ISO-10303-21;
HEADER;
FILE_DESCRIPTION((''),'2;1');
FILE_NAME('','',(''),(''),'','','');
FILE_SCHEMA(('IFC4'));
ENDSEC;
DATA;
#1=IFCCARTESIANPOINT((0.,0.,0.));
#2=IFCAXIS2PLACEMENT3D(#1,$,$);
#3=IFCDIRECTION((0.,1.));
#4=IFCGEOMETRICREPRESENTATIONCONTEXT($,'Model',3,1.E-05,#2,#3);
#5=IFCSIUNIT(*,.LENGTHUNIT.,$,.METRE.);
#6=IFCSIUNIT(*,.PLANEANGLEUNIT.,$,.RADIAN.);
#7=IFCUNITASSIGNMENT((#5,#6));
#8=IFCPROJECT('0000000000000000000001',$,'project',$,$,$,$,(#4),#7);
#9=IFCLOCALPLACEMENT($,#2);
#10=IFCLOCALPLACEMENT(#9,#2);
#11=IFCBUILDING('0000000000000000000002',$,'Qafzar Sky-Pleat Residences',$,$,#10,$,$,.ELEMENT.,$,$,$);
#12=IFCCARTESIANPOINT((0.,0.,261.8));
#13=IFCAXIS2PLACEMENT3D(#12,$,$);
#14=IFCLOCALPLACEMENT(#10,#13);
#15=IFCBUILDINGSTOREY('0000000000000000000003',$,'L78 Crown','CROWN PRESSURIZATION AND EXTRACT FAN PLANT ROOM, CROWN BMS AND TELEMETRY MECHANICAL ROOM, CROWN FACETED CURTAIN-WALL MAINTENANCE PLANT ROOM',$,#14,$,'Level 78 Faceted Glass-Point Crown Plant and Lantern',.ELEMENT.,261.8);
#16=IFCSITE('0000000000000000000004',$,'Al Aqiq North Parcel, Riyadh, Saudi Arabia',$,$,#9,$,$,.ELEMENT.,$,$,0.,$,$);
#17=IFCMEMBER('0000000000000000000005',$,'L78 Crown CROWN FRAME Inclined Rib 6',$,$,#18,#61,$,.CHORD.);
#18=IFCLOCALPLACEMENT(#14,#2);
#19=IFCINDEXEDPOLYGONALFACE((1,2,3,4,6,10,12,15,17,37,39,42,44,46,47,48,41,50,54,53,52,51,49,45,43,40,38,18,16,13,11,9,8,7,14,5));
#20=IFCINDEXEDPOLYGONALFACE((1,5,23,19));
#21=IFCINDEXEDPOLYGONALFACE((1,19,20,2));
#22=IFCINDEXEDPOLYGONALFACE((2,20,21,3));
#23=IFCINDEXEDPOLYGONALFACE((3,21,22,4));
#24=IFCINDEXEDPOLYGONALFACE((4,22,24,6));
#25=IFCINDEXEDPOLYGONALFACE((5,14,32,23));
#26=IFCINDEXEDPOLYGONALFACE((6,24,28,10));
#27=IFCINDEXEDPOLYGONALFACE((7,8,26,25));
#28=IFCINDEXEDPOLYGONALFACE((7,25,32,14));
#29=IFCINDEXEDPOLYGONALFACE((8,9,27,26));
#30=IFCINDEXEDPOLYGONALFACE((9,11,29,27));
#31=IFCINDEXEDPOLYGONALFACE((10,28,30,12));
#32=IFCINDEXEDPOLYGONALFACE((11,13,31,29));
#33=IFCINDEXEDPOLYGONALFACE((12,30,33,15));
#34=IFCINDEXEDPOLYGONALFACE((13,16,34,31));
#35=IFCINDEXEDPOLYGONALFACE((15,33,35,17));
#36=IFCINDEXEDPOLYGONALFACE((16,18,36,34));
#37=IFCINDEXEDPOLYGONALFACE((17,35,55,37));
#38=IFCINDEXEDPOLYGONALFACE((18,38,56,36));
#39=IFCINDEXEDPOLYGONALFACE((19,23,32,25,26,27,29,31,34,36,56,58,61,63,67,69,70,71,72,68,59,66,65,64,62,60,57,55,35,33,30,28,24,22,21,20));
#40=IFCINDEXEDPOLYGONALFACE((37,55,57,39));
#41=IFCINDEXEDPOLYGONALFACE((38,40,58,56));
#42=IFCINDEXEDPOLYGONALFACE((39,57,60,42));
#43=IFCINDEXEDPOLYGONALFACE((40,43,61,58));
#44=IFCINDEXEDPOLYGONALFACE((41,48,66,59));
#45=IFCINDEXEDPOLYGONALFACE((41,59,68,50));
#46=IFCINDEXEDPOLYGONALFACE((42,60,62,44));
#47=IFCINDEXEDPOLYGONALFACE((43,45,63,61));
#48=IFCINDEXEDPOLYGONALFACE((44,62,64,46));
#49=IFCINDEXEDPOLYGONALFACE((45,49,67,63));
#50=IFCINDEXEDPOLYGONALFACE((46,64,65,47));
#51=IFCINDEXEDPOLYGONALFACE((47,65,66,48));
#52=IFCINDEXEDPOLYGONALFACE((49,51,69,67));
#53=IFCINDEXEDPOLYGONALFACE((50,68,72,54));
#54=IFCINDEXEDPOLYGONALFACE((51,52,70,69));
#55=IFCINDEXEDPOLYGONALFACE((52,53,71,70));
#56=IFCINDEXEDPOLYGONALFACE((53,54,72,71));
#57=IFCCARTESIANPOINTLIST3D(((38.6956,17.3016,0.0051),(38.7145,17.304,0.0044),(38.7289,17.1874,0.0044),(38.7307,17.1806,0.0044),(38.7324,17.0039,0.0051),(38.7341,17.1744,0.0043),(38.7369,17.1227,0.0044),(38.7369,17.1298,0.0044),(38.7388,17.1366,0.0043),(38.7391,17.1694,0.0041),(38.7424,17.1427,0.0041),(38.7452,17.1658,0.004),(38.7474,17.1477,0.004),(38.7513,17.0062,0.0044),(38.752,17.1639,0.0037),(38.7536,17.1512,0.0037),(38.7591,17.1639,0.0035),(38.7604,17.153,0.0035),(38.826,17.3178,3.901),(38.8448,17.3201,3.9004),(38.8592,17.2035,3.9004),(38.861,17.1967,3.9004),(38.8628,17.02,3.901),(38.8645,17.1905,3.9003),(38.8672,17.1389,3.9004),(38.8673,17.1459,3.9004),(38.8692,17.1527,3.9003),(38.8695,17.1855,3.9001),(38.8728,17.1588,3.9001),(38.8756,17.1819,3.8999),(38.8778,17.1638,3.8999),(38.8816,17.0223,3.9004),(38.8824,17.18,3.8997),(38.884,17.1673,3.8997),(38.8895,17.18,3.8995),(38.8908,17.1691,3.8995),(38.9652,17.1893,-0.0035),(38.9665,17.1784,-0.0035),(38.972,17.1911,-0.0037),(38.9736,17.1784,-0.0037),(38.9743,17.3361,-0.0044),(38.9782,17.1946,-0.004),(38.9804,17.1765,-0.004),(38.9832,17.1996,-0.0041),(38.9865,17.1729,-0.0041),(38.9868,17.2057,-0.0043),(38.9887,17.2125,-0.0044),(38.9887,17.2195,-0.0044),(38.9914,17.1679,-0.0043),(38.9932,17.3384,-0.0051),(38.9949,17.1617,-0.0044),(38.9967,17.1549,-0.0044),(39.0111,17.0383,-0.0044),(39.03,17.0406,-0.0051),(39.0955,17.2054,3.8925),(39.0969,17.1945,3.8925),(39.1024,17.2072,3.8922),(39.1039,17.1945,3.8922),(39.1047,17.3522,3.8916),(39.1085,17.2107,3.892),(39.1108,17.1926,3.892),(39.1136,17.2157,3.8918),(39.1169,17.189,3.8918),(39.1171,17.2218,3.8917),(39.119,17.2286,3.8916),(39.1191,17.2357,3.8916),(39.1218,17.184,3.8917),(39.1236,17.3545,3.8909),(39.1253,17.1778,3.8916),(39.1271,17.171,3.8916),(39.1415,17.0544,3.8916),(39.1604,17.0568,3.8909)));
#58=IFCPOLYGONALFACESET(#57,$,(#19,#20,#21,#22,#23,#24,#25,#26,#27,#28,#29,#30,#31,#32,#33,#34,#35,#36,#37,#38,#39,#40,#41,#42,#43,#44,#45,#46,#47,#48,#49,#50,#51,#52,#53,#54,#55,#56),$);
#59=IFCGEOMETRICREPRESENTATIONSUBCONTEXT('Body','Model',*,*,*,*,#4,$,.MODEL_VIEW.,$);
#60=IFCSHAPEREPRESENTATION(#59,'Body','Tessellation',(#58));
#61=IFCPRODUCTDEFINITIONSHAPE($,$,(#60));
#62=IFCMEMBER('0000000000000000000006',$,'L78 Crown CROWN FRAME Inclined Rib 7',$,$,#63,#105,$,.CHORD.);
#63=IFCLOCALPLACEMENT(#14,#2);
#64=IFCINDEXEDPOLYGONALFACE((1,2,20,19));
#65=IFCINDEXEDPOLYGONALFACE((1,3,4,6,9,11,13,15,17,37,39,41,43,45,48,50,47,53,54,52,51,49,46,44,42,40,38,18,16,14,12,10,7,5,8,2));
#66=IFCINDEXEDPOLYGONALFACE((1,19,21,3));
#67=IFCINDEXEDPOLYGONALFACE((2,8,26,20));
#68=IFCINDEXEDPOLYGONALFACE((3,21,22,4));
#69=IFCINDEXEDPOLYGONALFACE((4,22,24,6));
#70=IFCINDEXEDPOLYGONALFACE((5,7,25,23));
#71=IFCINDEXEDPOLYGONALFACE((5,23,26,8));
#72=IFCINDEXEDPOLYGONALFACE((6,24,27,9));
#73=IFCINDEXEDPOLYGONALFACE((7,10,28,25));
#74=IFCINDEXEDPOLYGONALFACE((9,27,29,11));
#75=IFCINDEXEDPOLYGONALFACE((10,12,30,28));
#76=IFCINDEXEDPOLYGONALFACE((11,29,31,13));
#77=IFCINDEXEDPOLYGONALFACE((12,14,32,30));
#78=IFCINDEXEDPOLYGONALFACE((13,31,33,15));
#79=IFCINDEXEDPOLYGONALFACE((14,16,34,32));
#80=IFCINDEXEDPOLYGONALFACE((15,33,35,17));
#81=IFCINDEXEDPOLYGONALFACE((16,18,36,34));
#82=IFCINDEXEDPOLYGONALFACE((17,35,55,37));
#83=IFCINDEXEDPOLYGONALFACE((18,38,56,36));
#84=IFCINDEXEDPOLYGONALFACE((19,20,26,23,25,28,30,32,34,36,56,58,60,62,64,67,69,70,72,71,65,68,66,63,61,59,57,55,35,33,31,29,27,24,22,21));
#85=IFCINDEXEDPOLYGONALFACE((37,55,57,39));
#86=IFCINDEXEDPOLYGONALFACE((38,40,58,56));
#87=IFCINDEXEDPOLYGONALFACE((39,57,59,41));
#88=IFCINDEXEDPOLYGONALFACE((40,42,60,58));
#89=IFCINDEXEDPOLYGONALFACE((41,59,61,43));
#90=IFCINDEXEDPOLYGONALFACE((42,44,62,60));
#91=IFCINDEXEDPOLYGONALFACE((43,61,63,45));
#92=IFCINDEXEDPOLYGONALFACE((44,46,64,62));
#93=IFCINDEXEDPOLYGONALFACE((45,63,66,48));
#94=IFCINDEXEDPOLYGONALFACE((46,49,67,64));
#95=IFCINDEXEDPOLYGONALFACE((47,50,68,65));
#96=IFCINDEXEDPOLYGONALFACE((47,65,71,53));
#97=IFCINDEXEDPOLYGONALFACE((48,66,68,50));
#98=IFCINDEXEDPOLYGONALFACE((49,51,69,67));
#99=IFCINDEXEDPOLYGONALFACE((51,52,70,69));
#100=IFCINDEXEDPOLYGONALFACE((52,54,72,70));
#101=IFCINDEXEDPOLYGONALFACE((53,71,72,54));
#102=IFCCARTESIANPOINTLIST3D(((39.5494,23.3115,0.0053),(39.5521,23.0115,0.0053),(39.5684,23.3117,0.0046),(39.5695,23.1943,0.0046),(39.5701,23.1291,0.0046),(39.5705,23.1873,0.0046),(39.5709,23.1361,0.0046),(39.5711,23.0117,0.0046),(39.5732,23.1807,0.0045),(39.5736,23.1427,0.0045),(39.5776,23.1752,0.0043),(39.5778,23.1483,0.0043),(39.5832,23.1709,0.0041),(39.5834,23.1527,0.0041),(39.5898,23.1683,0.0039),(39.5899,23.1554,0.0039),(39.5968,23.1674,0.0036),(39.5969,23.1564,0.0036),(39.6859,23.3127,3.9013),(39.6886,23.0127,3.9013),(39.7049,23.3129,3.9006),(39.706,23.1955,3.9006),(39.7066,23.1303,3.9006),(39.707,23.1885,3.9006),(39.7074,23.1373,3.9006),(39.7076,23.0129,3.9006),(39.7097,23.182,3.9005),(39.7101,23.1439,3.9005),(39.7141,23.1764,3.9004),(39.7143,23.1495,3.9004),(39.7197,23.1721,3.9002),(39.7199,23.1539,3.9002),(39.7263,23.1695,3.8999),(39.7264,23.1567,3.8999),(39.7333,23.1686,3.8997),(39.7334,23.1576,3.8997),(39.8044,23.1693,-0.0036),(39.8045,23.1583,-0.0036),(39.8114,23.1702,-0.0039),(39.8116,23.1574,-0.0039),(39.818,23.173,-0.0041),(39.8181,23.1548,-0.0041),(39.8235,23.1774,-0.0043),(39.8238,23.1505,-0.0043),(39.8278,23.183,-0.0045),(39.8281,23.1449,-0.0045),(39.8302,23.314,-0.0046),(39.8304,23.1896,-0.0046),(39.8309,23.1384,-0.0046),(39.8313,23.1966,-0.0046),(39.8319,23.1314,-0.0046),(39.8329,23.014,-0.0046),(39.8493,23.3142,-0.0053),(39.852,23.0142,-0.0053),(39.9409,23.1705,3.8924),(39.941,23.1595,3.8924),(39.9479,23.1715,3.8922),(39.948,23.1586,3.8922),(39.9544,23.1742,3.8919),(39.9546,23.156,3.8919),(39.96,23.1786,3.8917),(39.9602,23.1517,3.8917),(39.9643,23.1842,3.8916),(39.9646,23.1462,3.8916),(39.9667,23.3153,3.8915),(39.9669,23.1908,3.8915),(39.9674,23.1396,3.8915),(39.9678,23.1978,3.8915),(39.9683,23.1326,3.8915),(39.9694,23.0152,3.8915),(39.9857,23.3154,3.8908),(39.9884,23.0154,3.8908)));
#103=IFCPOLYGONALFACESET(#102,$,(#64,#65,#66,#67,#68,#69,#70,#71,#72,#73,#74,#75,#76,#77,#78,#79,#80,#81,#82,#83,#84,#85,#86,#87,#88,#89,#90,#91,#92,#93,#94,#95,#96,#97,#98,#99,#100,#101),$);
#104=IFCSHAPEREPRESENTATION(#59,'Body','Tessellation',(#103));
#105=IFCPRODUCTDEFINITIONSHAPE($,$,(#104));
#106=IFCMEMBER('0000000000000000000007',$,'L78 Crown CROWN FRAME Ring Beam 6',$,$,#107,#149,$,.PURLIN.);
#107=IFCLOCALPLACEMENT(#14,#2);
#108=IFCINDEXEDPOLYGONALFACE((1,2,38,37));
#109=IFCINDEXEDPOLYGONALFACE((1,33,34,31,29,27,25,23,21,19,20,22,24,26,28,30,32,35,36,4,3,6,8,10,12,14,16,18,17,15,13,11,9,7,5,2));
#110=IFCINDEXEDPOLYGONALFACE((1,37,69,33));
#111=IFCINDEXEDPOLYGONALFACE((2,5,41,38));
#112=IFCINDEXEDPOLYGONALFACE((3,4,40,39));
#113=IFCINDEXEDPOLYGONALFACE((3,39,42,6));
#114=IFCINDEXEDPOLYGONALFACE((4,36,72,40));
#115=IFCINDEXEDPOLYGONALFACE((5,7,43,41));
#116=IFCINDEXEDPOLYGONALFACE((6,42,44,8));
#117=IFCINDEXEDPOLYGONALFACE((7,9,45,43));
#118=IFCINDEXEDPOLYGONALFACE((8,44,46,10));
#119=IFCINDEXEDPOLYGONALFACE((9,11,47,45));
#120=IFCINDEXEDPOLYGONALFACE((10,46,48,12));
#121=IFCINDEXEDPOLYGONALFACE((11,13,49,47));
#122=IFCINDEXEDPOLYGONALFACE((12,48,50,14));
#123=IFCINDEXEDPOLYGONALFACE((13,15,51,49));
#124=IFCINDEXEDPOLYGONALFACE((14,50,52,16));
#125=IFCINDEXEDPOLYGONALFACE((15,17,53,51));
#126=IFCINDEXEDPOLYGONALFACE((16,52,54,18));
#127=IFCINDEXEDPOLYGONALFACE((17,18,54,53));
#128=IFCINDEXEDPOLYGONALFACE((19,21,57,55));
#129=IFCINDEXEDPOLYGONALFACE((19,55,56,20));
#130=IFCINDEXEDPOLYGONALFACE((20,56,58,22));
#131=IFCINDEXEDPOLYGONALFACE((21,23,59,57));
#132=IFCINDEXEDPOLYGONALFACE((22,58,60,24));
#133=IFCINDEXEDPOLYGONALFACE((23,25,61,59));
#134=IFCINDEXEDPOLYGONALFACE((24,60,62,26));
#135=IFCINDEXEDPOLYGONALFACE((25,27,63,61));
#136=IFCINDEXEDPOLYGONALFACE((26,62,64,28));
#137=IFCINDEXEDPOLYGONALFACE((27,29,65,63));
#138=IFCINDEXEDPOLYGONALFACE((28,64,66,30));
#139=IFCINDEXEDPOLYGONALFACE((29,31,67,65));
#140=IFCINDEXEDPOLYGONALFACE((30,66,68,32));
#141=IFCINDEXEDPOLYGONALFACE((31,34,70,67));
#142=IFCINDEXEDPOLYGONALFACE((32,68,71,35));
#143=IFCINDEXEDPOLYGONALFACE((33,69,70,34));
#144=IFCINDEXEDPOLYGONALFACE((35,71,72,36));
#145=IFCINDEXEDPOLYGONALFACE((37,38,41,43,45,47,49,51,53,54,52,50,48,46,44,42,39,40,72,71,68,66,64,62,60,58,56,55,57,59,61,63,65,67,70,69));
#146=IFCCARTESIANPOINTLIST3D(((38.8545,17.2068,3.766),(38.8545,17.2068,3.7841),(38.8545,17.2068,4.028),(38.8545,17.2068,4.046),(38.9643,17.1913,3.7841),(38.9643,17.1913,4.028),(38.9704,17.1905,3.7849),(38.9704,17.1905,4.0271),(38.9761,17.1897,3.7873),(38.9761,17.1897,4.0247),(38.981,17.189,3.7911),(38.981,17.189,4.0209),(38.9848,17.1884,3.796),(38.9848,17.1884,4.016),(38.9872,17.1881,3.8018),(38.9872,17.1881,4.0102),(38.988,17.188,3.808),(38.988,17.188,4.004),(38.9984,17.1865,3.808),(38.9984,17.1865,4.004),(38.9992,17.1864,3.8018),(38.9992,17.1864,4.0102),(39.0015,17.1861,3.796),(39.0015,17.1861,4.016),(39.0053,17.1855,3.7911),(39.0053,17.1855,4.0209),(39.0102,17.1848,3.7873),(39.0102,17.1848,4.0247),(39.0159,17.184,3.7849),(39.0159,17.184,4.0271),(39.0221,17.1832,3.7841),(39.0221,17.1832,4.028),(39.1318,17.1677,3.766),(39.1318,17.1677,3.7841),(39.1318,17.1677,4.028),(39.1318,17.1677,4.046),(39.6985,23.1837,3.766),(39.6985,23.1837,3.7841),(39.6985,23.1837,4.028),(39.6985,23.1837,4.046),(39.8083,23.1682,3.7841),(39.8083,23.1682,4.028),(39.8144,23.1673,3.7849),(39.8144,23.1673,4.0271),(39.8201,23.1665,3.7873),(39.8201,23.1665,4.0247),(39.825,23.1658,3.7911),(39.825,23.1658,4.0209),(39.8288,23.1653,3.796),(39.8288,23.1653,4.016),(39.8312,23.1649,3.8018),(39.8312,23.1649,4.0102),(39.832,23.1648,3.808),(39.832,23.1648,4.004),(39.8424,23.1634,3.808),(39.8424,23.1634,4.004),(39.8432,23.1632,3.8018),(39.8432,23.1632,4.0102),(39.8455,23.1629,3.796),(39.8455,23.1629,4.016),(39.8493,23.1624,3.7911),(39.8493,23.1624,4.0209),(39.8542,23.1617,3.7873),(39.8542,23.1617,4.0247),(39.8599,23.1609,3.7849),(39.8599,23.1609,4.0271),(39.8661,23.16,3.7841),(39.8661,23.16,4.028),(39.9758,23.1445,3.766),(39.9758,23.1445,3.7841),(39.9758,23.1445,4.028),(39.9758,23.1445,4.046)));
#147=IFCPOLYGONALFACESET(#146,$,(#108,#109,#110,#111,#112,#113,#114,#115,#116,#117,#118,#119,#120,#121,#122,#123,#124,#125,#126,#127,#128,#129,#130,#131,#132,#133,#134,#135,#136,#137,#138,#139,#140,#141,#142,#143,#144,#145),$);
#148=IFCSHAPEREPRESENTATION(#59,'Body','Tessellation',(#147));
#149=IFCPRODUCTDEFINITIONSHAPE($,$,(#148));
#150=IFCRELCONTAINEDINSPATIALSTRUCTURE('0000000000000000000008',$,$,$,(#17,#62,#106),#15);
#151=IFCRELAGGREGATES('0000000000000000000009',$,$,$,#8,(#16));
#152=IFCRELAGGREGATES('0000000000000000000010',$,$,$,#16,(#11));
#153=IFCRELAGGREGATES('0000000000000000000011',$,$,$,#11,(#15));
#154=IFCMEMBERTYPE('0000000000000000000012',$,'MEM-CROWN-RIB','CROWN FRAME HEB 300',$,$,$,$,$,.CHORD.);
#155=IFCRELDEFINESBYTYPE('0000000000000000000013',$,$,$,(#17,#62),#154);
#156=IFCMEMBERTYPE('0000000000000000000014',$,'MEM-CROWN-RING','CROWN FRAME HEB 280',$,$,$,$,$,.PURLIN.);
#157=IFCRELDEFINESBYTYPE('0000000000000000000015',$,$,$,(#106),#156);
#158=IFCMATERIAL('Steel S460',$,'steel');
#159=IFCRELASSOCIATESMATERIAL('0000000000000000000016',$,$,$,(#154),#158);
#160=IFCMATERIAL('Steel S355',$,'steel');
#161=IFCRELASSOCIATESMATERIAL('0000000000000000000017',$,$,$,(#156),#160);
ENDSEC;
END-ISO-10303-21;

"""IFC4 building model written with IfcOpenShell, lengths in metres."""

from ifc_helpers import new_model, si_unit, direction, frame, origin, origin_2d, place, context, subcontext, project, spatial, i_section, extrude, source, transform, mapped, material, material_profile, profile_set, type_object, element, save


model = new_model("IFC4")

# Units and contexts
model_context = context("Model", 3, precision=1e-05, world=origin(), true_north=direction((0.0, 1.0)))
body_context = subcontext(model_context, "Body", "Model", "MODEL_VIEW")
ifc_project = project(units=[si_unit("LENGTHUNIT", "METRE"), si_unit("PLANEANGLEUNIT", "RADIAN")], contexts=[model_context])

# Site, building, storey
site_placement = place(None, origin())
site = spatial("IfcSite", under=ifc_project, at=site_placement, Name="Al Aqiq North Parcel, Riyadh, Saudi Arabia", CompositionType="ELEMENT", RefElevation=0.0)
building_placement = place(site_placement, origin())
building = spatial("IfcBuilding", under=site, at=building_placement, Name="Qafzar Sky-Pleat Residences", CompositionType="ELEMENT")
storey_placement = place(building_placement, frame((0.0, 0.0, 261.8)))
storey = spatial("IfcBuildingStorey", under=building, at=storey_placement, Name="L78 Crown", Description="CROWN PRESSURIZATION AND EXTRACT FAN PLANT ROOM, CROWN BMS AND TELEMETRY MECHANICAL ROOM, CROWN FACETED CURTAIN-WALL MAINTENANCE PLANT ROOM", LongName="Level 78 Faceted Glass-Point Crown Plant and Lantern", CompositionType="ELEMENT", Elevation=261.8)

# Members
ifc_material_1 = material(Name="Steel S460", Category="steel")
ifc_material_profile_1 = material_profile(ifc_material_1, i_section(OverallWidth=0.3, OverallDepth=0.3, WebThickness=0.011, FlangeThickness=0.019, FilletRadius=0.0271, at=origin_2d()), Name="HEB 300")
ifc_profile_set_1 = profile_set([ifc_material_profile_1], Name="Steel S460")
member_type_1 = type_object("IfcMemberType", Name="MEM-CROWN-RIB", Description="CROWN FRAME HEB 300", PredefinedType="CHORD", material=ifc_profile_set_1)
shared_shape_1 = source(origin(), body_context, "Body", "SweptSolid", [
    extrude(i_section(OverallWidth=0.3, OverallDepth=0.3, WebThickness=0.011, FlangeThickness=0.019, FilletRadius=0.0271, at=origin_2d()), origin(), (0.0, 0.0, 1.0), 3.8982),
])
member_1_placement = place(storey_placement, frame((38.8628, 17.1711, 0.0), z_axis=(0.033444, 0.004134, 0.999432), x_axis=(-0.122662, 0.992448, 0.0)))
element("IfcMember", 1, at=member_1_placement, inside=storey, type_object=member_type_1, Name="L78 Crown CROWN FRAME Inclined Rib 6", PredefinedType="CHORD", context=body_context, shape_type="MappedRepresentation", body=[
    mapped(shared_shape_1, transform((0.0, 0.0, 0.0), x_axis=(1.0, 0.0, 0.0), y_axis=(0.0, 1.0, 0.0), z_axis=(0.0, 0.0, 1.0), scale=1.0)),
])
shared_shape_2 = source(origin(), body_context, "Body", "SweptSolid", [
    extrude(i_section(OverallWidth=0.3, OverallDepth=0.3, WebThickness=0.011, FlangeThickness=0.019, FilletRadius=0.0271, at=origin_2d()), origin(), (0.0, 0.0, 1.0), 3.8984),
])
member_2_placement = place(storey_placement, frame((39.7007, 23.1628, 0.0), z_axis=(0.035008, 0.000313, 0.999387), x_axis=(-0.008944, 0.99996, 0.0)))
element("IfcMember", 2, at=member_2_placement, inside=storey, type_object=member_type_1, Name="L78 Crown CROWN FRAME Inclined Rib 7", PredefinedType="CHORD", context=body_context, shape_type="MappedRepresentation", body=[
    mapped(shared_shape_2, transform((0.0, 0.0, 0.0), x_axis=(1.0, 0.0, 0.0), y_axis=(0.0, 1.0, 0.0), z_axis=(0.0, 0.0, 1.0), scale=1.0)),
])
ifc_material_2 = material(Name="Steel S355", Category="steel")
ifc_material_profile_2 = material_profile(ifc_material_2, i_section(OverallWidth=0.28, OverallDepth=0.28, WebThickness=0.0105, FlangeThickness=0.0181, FilletRadius=0.0239, at=origin_2d()), Name="HEB 280")
ifc_profile_set_2 = profile_set([ifc_material_profile_2], Name="Steel S355")
member_type_2 = type_object("IfcMemberType", Name="MEM-CROWN-RING", Description="CROWN FRAME HEB 280", PredefinedType="PURLIN", material=ifc_profile_set_2)
shared_shape_3 = source(origin(), body_context, "Body", "SweptSolid", [
    extrude(i_section(OverallWidth=0.28, OverallDepth=0.28, WebThickness=0.0105, FlangeThickness=0.0181, FilletRadius=0.0239, at=origin_2d()), origin(), (0.0, 0.0, 1.0), 6.0361),
])
member_3_placement = place(storey_placement, frame((38.9932, 17.1873, 3.906), z_axis=(0.139824, 0.990176, 0.0), x_axis=(-0.990176, 0.139824, 0.0)))
element("IfcMember", 3, at=member_3_placement, inside=storey, type_object=member_type_2, Name="L78 Crown CROWN FRAME Ring Beam 6", PredefinedType="PURLIN", context=body_context, shape_type="MappedRepresentation", body=[
    mapped(shared_shape_3, transform((0.0, 0.0, 0.0), x_axis=(1.0, 0.0, 0.0), y_axis=(0.0, 1.0, 0.0), z_axis=(0.0, 0.0, 1.0), scale=1.0)),
])

save(model, "model.ifc")
